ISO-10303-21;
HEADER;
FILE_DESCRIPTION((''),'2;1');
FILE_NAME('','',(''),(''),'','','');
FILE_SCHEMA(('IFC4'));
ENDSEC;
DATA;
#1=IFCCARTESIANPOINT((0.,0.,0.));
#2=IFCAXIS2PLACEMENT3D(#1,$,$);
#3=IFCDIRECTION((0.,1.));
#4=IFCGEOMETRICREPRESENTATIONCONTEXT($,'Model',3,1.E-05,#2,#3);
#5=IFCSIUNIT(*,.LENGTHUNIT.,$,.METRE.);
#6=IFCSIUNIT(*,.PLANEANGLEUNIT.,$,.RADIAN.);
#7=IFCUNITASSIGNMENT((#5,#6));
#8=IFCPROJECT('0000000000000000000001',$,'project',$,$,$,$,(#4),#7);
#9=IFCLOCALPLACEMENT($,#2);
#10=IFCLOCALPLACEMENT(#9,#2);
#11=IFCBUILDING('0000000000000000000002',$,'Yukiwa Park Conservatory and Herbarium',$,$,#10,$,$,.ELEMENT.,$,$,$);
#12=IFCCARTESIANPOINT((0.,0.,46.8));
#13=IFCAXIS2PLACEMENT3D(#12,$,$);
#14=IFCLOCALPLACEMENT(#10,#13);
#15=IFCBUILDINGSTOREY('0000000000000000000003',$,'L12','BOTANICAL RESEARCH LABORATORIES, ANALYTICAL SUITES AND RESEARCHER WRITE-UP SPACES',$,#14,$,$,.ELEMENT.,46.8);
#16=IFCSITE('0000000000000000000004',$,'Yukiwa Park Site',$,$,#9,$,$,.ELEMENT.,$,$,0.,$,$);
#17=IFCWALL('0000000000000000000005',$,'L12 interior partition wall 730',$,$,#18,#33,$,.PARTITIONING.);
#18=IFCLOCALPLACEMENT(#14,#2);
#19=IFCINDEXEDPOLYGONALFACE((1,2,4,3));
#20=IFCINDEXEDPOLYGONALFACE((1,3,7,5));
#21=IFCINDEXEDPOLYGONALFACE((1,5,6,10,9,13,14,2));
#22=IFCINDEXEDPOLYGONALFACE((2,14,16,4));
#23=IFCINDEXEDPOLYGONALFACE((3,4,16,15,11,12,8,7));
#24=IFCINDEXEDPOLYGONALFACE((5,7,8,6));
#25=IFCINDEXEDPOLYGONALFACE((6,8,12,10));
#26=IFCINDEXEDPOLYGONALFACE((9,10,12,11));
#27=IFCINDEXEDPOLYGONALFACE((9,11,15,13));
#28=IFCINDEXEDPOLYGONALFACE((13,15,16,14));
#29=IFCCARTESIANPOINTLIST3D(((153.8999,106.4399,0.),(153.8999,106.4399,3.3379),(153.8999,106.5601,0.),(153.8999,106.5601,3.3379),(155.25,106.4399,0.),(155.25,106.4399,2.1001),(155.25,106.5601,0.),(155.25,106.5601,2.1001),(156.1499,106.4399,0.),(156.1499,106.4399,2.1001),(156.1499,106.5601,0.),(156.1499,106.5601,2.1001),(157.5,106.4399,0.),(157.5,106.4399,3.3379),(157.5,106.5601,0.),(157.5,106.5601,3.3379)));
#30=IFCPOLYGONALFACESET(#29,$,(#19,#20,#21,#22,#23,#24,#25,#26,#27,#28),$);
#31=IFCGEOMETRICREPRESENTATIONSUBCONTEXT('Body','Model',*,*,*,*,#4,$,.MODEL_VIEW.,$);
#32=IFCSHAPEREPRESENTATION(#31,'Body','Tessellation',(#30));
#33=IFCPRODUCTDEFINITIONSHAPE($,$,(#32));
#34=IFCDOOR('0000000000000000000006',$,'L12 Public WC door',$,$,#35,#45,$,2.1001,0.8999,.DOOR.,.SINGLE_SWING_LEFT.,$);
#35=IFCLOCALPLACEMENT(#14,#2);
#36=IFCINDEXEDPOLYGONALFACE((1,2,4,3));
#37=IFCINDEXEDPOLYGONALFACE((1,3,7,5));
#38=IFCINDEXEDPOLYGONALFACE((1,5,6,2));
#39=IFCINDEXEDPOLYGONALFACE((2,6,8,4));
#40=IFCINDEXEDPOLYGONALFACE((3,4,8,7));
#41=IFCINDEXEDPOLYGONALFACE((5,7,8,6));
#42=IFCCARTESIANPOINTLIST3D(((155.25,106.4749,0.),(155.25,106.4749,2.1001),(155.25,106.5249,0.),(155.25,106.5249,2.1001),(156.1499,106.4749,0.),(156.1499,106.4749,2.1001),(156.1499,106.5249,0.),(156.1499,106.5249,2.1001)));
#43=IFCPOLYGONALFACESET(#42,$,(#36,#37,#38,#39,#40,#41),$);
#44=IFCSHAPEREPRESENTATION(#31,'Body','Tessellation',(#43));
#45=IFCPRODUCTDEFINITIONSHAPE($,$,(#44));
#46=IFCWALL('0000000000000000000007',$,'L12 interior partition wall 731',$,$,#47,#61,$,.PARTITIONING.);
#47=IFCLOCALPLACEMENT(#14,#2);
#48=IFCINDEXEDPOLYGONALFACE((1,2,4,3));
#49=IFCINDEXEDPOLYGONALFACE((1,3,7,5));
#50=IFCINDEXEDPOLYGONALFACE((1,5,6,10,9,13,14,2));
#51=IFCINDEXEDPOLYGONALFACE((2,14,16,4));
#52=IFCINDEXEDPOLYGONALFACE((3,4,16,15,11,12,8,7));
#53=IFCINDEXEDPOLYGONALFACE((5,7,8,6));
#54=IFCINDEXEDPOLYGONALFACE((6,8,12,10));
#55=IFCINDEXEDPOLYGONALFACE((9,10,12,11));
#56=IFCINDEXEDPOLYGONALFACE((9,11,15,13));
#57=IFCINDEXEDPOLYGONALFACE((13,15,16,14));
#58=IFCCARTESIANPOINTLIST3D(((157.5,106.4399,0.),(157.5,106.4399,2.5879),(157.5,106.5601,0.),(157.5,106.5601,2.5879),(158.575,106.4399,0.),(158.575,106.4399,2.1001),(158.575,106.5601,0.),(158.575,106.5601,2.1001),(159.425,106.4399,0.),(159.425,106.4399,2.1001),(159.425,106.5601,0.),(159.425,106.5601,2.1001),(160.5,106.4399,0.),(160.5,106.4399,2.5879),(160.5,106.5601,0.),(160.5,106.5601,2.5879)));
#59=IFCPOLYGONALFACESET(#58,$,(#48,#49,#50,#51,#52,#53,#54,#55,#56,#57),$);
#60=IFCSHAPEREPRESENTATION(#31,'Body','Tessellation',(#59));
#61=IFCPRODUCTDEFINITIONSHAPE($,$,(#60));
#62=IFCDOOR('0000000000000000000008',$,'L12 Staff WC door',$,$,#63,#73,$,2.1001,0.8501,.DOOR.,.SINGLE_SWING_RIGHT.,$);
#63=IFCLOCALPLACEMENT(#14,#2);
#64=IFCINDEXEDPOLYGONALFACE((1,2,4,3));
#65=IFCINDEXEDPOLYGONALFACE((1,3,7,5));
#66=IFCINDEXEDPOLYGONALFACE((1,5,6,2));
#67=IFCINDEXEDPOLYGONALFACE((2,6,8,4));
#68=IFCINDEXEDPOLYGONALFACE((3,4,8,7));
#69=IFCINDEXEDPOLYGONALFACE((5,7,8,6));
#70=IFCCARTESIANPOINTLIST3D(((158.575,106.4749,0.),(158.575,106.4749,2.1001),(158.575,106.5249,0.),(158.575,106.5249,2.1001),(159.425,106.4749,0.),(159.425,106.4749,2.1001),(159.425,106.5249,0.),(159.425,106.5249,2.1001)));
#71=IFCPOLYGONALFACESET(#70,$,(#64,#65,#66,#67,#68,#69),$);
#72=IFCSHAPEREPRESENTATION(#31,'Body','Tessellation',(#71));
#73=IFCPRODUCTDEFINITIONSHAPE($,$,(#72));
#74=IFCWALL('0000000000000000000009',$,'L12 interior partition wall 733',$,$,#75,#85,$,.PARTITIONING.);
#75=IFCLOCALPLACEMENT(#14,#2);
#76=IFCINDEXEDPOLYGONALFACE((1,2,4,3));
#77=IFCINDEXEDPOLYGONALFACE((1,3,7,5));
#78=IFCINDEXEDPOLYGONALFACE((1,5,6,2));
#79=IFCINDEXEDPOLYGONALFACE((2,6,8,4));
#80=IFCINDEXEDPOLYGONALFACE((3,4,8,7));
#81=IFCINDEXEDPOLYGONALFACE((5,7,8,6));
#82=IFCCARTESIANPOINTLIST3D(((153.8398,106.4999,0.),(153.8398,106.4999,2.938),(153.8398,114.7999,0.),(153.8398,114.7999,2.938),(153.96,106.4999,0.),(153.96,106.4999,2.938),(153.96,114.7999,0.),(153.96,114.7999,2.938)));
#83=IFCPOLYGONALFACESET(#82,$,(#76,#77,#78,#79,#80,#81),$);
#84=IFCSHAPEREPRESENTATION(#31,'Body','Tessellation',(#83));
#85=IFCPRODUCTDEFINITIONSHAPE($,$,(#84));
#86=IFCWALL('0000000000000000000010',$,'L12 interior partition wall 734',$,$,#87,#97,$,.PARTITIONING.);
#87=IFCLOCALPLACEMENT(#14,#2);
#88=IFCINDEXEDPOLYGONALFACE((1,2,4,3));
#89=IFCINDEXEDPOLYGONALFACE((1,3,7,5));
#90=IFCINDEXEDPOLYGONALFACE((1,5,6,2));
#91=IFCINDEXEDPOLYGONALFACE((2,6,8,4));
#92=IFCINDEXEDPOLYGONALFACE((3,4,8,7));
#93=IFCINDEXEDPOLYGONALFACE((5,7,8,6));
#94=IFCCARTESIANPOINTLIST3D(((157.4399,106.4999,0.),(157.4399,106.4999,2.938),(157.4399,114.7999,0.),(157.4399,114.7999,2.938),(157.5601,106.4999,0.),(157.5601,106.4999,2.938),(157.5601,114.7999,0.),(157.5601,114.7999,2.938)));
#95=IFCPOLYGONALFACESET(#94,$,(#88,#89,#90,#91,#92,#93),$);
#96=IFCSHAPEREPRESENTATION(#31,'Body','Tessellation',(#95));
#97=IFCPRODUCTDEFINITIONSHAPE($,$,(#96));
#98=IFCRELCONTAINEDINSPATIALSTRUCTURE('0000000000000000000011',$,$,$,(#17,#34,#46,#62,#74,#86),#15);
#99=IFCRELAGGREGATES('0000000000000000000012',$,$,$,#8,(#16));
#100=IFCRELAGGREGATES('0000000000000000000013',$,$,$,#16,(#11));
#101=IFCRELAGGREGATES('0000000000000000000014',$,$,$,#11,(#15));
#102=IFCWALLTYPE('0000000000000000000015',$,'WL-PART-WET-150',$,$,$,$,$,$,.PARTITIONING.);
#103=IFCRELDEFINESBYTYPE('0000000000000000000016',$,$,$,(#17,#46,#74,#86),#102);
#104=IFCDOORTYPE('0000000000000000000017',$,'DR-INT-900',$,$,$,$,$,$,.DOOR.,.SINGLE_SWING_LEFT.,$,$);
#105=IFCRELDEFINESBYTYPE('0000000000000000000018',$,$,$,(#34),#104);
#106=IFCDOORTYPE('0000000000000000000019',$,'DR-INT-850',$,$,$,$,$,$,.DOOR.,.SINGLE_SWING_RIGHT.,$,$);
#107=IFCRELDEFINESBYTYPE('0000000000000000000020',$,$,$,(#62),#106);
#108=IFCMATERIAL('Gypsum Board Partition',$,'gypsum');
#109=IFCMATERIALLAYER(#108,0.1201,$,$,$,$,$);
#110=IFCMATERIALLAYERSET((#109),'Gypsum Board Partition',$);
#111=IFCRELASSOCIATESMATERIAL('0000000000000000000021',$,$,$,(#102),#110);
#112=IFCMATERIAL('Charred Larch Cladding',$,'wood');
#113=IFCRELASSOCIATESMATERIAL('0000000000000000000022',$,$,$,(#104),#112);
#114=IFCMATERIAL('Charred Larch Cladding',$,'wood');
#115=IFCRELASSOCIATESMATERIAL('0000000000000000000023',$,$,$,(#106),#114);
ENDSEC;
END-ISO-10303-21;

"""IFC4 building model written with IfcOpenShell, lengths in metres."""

from ifc_helpers import new_model, si_unit, direction, frame, frame_2d, origin, place, context, subcontext, project, spatial, rectangle, extrude, material, layer, layer_set, type_object, element, fill, save


model = new_model("IFC4")

# Units and contexts
model_context = context("Model", 3, precision=1e-05, world=origin(), true_north=direction((0.0, 1.0)))
body_context = subcontext(model_context, "Body", "Model", "MODEL_VIEW")
ifc_project = project(units=[si_unit("LENGTHUNIT", "METRE"), si_unit("PLANEANGLEUNIT", "RADIAN")], contexts=[model_context])

# Site, building, storey
site_placement = place(None, origin())
site = spatial("IfcSite", under=ifc_project, at=site_placement, Name="Yukiwa Park Site", CompositionType="ELEMENT", RefElevation=0.0)
building_placement = place(site_placement, origin())
building = spatial("IfcBuilding", under=site, at=building_placement, Name="Yukiwa Park Conservatory and Herbarium", CompositionType="ELEMENT")
storey_placement = place(building_placement, frame((0.0, 0.0, 46.8)))
storey = spatial("IfcBuildingStorey", under=building, at=storey_placement, Name="L12", Description="BOTANICAL RESEARCH LABORATORIES, ANALYTICAL SUITES AND RESEARCHER WRITE-UP SPACES", CompositionType="ELEMENT", Elevation=46.8)

# Walls, openings, doors
ifc_material_1 = material(Name="Gypsum Board Partition", Category="gypsum")
ifc_layer_1 = layer(ifc_material_1, 0.1201)
ifc_layer_set_1 = layer_set([ifc_layer_1], Name="Gypsum Board Partition")
wall_type_1 = type_object("IfcWallType", Name="WL-PART-WET-150", PredefinedType="PARTITIONING", material=ifc_layer_set_1)
wall_1_placement = place(storey_placement, frame((153.8999, 106.5, 0.0), z_axis=(0.0, 0.0, 1.0), x_axis=(1.0, 0.0, 0.0)))
wall_1 = element("IfcWall", 1, at=wall_1_placement, inside=storey, type_object=wall_type_1, Name="L12 interior partition wall 730", PredefinedType="PARTITIONING", context=body_context, shape_type="SweptSolid", body=[
    extrude(rectangle(XDim=3.6001, YDim=0.1201, at=frame_2d((1.8, 0.0))), origin(), (0.0, 0.0, 1.0), 3.3379),
])
opening_1_placement = place(wall_1_placement, frame((1.3501, 0.0, 0.0)))
opening_1 = element("IfcOpeningElement", 2, at=opening_1_placement, cuts=wall_1, PredefinedType="OPENING", context=body_context, shape_type="SweptSolid", body=[
    extrude(rectangle(XDim=0.8999, YDim=2.1001, at=frame_2d((0.45, 1.05))), frame((0.0, 0.0701, 0.0), z_axis=(0.0, -1.0, 0.0), x_axis=(1.0, 0.0, 0.0)), (0.0, 0.0, 1.0), 0.1401),
])
ifc_material_2 = material(Name="Charred Larch Cladding", Category="wood")
door_type_1 = type_object("IfcDoorType", Name="DR-INT-900", OperationType="SINGLE_SWING_LEFT", PredefinedType="DOOR", material=ifc_material_2)
door_1_placement = place(opening_1_placement, origin())
door_1 = element("IfcDoor", 3, at=door_1_placement, inside=storey, type_object=door_type_1, Name="L12 Public WC door", OperationType="SINGLE_SWING_LEFT", OverallHeight=2.1001, OverallWidth=0.8999, PredefinedType="DOOR", context=body_context, shape_type="SweptSolid", body=[
    extrude(rectangle(XDim=0.8999, YDim=2.1001, at=frame_2d((0.45, 1.05))), frame((0.0, 0.0249, 0.0), z_axis=(0.0, -1.0, 0.0), x_axis=(1.0, 0.0, 0.0)), (0.0, 0.0, 1.0), 0.05),
])
fill(opening_1, door_1)
wall_2_placement = place(storey_placement, frame((157.5, 106.5, 0.0), z_axis=(0.0, 0.0, 1.0), x_axis=(1.0, 0.0, 0.0)))
wall_2 = element("IfcWall", 4, at=wall_2_placement, inside=storey, type_object=wall_type_1, Name="L12 interior partition wall 731", PredefinedType="PARTITIONING", context=body_context, shape_type="SweptSolid", body=[
    extrude(rectangle(XDim=3.0, YDim=0.1201, at=frame_2d((1.5, 0.0))), origin(), (0.0, 0.0, 1.0), 2.5879),
])
opening_2_placement = place(wall_2_placement, frame((1.075, 0.0, 0.0)))
opening_2 = element("IfcOpeningElement", 5, at=opening_2_placement, cuts=wall_2, PredefinedType="OPENING", context=body_context, shape_type="SweptSolid", body=[
    extrude(rectangle(XDim=0.8501, YDim=2.1001, at=frame_2d((0.425, 1.05))), frame((0.0, 0.0701, 0.0), z_axis=(0.0, -1.0, 0.0), x_axis=(1.0, 0.0, 0.0)), (0.0, 0.0, 1.0), 0.1401),
])
ifc_material_3 = material(Name="Charred Larch Cladding", Category="wood")
door_type_2 = type_object("IfcDoorType", Name="DR-INT-850", OperationType="SINGLE_SWING_RIGHT", PredefinedType="DOOR", material=ifc_material_3)
door_2_placement = place(opening_2_placement, origin())
door_2 = element("IfcDoor", 6, at=door_2_placement, inside=storey, type_object=door_type_2, Name="L12 Staff WC door", OperationType="SINGLE_SWING_RIGHT", OverallHeight=2.1001, OverallWidth=0.8501, PredefinedType="DOOR", context=body_context, shape_type="SweptSolid", body=[
    extrude(rectangle(XDim=0.8501, YDim=2.1001, at=frame_2d((0.425, 1.05))), frame((0.0, 0.0249, 0.0), z_axis=(0.0, -1.0, 0.0), x_axis=(1.0, 0.0, 0.0)), (0.0, 0.0, 1.0), 0.05),
])
fill(opening_2, door_2)

# Walls
for number, where, z_axis, x_axis, name in (
    (7, (153.8999, 106.5, 0.0), (0.0, 0.0, 1.0), (0.0, 1.0, 0.0), "L12 interior partition wall 733"),
    (8, (157.5, 106.5, 0.0), (0.0, 0.0, 1.0), (0.0, 1.0, 0.0), "L12 interior partition wall 734"),
):
    element("IfcWall", number, at=place(storey_placement, frame(where, z_axis=z_axis, x_axis=x_axis)), inside=storey, type_object=wall_type_1, Name=name, PredefinedType="PARTITIONING", context=body_context, shape_type="SweptSolid", body=[
        extrude(rectangle(XDim=8.3, YDim=0.1201, at=frame_2d((4.1499, 0.0))), origin(), (0.0, 0.0, 1.0), 2.938),
    ])

save(model, "model.ifc")
